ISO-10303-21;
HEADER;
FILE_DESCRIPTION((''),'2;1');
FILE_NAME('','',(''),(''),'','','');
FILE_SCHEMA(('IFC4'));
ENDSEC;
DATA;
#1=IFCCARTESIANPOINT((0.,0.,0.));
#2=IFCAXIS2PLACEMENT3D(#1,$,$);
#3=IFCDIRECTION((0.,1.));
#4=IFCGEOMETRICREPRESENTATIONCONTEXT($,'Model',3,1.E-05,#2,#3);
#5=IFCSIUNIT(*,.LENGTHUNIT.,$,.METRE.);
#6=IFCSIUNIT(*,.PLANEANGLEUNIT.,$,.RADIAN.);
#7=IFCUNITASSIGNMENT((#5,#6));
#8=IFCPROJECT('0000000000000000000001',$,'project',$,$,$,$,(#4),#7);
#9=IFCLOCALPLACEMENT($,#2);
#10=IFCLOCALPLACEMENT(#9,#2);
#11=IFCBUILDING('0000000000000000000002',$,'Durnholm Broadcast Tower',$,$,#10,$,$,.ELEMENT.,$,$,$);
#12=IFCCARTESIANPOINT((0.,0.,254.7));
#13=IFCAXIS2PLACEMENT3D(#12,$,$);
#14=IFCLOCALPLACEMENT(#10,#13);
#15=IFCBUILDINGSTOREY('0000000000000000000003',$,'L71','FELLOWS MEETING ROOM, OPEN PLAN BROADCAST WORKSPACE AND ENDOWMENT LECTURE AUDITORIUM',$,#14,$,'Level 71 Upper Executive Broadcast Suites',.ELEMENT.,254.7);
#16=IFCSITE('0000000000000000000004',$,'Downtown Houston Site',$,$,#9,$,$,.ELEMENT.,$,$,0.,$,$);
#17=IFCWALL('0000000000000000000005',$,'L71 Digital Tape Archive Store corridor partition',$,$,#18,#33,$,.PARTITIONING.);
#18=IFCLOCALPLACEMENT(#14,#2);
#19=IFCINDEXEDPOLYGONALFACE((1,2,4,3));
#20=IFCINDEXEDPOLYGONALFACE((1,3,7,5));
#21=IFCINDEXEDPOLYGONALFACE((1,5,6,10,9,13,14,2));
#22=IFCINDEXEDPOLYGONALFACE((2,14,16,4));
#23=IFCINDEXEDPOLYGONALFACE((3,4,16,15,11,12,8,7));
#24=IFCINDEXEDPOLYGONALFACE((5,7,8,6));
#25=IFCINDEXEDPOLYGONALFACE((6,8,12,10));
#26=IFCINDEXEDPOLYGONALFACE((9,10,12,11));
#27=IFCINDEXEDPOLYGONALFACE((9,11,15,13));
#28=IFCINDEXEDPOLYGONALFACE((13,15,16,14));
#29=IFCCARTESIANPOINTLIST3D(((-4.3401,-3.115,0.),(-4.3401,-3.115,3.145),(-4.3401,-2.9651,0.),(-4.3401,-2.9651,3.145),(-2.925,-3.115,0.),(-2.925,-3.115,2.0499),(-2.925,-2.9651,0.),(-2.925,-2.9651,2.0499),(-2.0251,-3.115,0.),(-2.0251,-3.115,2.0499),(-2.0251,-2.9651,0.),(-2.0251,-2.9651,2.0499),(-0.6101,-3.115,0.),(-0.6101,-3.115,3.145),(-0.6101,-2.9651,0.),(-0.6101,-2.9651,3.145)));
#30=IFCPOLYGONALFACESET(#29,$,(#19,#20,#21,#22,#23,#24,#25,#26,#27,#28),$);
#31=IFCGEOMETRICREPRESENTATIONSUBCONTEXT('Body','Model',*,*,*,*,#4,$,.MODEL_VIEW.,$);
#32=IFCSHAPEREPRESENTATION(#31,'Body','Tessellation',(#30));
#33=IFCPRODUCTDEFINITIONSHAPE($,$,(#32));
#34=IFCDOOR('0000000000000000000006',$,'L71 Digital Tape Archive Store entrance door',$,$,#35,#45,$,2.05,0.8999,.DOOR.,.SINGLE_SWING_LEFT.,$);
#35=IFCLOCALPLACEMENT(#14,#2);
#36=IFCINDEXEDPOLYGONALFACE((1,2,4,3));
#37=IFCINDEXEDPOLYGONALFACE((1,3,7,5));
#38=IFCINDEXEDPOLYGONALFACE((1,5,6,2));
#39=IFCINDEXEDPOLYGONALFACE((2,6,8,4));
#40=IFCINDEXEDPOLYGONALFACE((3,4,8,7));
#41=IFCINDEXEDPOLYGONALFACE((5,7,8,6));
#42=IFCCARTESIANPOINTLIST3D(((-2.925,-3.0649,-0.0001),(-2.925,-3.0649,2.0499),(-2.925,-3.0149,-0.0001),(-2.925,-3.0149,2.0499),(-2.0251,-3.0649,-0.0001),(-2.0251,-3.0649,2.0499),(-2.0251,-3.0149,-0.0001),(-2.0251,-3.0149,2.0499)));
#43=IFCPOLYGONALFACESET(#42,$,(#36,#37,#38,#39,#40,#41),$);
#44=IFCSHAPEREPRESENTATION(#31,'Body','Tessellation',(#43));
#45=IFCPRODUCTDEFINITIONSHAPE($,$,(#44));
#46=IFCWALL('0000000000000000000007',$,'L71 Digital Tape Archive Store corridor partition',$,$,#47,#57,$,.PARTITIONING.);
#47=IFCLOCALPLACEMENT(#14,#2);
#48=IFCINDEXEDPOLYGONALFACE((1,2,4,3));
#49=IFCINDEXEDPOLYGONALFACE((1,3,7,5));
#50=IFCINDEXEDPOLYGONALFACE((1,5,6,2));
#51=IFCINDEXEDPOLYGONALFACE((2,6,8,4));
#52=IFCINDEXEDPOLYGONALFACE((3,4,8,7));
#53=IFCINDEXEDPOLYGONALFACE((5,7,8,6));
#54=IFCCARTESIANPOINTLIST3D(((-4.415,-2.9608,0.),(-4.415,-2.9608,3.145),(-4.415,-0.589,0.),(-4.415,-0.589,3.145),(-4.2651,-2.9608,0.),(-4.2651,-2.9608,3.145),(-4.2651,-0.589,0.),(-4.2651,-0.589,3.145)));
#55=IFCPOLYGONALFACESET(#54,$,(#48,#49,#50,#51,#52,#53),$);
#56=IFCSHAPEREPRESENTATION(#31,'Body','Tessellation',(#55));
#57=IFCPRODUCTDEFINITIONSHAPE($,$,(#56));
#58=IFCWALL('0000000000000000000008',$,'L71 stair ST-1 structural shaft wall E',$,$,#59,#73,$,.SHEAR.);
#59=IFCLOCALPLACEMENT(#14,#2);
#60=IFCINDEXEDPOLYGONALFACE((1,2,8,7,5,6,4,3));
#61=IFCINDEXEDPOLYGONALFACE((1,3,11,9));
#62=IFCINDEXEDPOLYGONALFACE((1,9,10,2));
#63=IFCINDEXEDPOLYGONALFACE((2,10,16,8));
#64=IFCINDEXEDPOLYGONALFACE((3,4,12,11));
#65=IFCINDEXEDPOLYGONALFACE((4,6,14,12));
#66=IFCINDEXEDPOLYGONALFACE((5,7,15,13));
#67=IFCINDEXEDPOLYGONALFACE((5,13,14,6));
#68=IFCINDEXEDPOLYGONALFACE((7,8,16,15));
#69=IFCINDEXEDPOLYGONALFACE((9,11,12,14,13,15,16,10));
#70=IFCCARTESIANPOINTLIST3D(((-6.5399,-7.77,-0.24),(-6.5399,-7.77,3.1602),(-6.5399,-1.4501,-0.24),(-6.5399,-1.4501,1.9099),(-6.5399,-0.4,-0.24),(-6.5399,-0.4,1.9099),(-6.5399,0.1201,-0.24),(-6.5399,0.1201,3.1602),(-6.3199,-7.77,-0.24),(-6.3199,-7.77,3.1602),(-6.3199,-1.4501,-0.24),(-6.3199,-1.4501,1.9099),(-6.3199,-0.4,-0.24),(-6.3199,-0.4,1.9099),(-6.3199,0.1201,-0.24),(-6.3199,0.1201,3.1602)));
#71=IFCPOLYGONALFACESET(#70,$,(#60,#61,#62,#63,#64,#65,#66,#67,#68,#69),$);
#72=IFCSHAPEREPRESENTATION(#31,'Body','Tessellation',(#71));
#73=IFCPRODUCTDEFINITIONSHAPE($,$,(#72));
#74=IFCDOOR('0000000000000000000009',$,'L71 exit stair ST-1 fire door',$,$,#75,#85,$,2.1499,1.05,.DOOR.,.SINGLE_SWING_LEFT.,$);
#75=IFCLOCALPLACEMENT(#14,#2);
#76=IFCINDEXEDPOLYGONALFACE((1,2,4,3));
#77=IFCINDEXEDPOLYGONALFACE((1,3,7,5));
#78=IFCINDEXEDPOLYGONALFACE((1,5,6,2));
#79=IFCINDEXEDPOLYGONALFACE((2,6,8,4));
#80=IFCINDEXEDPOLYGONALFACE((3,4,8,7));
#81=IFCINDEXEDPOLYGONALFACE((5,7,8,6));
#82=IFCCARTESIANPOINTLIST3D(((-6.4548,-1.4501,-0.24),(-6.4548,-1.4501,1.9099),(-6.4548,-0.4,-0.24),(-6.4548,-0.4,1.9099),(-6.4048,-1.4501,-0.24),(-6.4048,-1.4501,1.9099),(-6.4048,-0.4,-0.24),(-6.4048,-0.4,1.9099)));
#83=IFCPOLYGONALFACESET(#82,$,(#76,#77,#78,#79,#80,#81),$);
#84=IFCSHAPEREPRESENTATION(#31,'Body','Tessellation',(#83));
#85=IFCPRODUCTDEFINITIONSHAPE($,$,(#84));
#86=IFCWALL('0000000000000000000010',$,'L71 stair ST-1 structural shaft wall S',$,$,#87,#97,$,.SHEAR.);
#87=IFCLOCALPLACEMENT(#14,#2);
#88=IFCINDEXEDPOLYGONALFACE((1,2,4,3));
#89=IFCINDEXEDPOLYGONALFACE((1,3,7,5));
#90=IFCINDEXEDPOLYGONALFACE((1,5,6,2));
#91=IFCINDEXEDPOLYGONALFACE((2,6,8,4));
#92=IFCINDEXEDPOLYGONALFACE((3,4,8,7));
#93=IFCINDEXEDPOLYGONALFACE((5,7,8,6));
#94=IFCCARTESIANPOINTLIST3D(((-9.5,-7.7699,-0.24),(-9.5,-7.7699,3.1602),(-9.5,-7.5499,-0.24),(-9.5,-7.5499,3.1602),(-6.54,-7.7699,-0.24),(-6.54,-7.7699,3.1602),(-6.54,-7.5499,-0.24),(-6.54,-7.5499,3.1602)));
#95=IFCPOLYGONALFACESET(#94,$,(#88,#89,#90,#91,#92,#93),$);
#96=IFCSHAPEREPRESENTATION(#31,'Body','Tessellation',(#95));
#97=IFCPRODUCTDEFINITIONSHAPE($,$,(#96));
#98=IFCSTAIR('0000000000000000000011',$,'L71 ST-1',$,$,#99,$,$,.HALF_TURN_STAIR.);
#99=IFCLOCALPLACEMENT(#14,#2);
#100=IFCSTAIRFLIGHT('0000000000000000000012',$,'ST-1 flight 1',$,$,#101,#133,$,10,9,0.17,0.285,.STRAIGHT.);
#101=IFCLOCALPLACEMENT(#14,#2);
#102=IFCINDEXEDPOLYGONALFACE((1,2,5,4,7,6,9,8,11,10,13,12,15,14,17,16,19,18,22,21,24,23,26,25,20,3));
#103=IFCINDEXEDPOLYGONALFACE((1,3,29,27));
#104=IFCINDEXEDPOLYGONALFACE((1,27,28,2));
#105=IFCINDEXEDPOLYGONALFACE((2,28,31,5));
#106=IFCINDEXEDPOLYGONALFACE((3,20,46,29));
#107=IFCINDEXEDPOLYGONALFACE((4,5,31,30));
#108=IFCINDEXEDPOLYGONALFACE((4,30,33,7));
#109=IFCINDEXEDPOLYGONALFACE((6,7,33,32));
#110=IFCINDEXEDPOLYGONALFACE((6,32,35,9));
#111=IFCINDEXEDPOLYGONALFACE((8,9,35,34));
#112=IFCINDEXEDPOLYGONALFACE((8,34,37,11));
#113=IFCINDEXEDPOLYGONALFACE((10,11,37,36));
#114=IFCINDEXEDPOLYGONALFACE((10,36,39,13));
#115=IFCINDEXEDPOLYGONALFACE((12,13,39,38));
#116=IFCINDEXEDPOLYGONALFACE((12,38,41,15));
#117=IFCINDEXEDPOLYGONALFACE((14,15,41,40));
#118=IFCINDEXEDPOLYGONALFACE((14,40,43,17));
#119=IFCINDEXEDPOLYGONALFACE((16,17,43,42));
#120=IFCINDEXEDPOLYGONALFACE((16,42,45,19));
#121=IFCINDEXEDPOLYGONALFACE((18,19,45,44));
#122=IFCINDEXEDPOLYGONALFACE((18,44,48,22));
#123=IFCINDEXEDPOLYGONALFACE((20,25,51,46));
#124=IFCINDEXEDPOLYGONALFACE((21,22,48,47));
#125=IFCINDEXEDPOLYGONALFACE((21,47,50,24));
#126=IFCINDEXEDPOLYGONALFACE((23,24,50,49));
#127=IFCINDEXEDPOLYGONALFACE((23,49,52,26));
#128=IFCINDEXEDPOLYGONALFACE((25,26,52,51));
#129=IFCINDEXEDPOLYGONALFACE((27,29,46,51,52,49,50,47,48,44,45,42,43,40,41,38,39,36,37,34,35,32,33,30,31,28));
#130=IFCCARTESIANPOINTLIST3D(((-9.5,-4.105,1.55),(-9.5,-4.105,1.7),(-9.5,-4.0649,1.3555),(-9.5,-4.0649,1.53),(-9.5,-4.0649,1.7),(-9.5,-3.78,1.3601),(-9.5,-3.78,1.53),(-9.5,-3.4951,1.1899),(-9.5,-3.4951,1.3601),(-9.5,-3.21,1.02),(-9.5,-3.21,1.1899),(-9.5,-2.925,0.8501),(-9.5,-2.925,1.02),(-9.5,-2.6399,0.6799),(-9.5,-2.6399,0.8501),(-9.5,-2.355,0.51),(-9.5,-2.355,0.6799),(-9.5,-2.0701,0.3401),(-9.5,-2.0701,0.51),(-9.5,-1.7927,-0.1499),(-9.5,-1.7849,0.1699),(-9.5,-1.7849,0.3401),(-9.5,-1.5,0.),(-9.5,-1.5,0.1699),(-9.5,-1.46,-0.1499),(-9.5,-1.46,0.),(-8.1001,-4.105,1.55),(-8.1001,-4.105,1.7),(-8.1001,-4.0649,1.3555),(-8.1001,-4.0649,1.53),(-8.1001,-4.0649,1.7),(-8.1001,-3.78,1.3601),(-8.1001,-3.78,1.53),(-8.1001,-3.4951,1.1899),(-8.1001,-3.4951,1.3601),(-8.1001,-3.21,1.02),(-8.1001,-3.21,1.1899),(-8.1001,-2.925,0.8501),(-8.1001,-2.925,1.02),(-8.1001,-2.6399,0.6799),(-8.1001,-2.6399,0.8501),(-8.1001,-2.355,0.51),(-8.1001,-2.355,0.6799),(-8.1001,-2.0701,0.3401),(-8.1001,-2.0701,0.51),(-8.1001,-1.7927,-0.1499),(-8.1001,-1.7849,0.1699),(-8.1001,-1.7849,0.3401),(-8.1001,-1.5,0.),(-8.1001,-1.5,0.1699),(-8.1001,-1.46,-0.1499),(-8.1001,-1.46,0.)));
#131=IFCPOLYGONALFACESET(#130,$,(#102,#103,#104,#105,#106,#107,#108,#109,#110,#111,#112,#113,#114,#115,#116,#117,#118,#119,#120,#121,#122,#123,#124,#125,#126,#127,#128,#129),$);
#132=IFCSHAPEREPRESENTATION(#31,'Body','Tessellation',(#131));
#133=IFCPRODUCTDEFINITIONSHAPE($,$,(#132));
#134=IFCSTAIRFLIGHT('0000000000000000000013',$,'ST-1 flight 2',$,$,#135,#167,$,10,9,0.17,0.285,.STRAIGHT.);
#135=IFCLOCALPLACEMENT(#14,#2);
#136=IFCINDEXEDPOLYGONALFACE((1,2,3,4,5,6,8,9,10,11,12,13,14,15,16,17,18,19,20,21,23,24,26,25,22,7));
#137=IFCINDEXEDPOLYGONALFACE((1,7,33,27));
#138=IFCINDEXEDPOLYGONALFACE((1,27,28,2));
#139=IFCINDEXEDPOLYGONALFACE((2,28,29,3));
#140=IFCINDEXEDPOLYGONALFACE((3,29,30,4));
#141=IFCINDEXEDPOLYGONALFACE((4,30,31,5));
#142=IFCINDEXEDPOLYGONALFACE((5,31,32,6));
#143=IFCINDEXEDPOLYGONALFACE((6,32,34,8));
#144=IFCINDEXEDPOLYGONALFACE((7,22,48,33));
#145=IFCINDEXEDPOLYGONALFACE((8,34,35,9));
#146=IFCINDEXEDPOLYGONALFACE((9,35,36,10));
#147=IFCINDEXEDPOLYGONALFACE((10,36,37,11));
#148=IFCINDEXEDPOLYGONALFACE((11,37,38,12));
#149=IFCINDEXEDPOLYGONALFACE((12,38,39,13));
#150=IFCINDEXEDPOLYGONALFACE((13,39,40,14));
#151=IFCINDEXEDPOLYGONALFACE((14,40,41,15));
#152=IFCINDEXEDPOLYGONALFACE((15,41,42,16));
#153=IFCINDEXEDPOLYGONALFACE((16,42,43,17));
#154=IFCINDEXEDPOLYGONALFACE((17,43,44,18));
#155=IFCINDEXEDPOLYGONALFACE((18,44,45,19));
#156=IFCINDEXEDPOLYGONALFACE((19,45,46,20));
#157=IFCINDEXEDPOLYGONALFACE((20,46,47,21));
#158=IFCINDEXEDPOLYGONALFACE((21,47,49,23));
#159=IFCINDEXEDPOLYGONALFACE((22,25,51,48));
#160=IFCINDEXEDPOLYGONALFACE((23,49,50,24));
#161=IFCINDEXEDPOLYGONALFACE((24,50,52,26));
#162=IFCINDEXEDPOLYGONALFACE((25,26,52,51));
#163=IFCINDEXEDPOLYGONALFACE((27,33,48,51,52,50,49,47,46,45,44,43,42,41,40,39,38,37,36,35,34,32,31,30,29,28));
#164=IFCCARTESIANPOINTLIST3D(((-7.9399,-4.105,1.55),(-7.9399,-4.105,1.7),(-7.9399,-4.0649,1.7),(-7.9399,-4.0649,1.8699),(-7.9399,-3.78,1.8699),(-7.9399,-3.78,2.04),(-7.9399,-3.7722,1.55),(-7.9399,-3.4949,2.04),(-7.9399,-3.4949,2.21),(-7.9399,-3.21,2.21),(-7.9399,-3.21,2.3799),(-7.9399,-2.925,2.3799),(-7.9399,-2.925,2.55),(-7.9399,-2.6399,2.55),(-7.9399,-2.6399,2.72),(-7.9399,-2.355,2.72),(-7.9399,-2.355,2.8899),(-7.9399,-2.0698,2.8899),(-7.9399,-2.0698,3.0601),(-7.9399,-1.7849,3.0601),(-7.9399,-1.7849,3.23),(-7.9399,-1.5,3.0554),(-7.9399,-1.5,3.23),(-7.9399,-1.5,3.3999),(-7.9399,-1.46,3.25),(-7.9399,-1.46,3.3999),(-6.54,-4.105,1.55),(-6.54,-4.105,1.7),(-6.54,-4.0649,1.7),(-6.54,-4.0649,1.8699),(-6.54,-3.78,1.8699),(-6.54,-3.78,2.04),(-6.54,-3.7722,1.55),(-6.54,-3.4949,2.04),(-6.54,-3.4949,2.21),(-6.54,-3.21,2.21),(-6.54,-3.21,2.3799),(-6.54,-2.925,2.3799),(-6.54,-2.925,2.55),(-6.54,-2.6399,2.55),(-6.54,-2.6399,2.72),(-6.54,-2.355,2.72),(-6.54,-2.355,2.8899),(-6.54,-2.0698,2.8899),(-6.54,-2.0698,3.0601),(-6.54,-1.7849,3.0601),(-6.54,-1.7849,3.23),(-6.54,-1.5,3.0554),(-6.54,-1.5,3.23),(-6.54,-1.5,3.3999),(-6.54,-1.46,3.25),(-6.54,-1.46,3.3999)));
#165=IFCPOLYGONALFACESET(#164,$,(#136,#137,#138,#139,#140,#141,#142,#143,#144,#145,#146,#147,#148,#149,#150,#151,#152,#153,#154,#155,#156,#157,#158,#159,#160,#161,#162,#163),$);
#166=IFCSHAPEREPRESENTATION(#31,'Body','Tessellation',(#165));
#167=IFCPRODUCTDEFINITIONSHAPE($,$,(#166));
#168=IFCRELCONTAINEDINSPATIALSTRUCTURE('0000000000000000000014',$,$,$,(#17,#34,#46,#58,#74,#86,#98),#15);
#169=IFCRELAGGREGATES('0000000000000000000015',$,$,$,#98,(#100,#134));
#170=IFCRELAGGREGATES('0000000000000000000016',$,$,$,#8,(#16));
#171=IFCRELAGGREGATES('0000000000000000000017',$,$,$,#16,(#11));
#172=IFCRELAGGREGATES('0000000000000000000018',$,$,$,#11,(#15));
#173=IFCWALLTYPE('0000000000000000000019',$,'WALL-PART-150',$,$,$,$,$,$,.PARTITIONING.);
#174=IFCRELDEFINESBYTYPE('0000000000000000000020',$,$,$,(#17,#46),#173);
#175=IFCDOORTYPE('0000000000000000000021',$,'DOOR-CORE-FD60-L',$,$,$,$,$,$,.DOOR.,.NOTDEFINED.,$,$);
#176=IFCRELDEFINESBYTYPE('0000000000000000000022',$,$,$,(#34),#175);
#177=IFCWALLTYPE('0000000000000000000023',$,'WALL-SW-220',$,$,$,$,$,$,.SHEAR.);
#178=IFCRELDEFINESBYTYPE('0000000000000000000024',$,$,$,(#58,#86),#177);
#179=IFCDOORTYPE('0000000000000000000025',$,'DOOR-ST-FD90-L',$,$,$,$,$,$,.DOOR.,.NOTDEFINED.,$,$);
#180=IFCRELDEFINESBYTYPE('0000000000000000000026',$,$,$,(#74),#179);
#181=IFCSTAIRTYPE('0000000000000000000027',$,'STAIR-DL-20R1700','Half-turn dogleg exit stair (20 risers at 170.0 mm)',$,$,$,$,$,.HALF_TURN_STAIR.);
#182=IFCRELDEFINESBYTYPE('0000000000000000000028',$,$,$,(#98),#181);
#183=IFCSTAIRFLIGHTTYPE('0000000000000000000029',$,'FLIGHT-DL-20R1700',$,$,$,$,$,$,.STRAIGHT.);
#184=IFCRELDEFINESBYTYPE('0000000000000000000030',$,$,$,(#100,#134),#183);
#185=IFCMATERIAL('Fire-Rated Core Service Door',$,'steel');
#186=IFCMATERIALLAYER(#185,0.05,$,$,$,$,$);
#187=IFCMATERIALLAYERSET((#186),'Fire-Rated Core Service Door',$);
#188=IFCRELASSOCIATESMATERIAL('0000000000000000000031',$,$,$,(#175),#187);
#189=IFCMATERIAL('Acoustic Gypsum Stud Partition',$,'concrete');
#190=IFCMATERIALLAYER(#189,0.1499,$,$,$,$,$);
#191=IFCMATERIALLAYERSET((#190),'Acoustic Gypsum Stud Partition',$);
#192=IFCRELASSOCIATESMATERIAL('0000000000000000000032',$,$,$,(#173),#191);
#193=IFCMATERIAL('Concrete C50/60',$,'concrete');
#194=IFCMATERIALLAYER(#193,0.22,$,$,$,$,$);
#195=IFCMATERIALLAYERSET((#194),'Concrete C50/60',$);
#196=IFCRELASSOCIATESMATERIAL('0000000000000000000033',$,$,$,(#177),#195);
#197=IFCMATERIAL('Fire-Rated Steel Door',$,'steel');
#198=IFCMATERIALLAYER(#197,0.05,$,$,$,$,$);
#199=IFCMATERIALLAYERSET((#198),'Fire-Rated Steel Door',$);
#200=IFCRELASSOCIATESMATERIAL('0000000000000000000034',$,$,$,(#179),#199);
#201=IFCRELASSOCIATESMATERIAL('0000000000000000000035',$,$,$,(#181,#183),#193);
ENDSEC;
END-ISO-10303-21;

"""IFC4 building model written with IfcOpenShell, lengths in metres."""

from ifc_helpers import new_model, si_unit, direction, frame, frame_2d, origin, place, context, subcontext, project, spatial, polyline, rectangle, outline, extrude, source, transform, mapped, material, layer, layer_set, type_object, type_shapes, element, fill, aggregate, save


model = new_model("IFC4")

# Units and contexts
model_context = context("Model", 3, precision=1e-05, world=origin(), true_north=direction((0.0, 1.0)))
body_context = subcontext(model_context, "Body", "Model", "MODEL_VIEW")
ifc_project = project(units=[si_unit("LENGTHUNIT", "METRE"), si_unit("PLANEANGLEUNIT", "RADIAN")], contexts=[model_context])

# Site, building, storey
site_placement = place(None, origin())
site = spatial("IfcSite", under=ifc_project, at=site_placement, Name="Downtown Houston Site", CompositionType="ELEMENT", RefElevation=0.0)
building_placement = place(site_placement, origin())
building = spatial("IfcBuilding", under=site, at=building_placement, Name="Durnholm Broadcast Tower", CompositionType="ELEMENT")
storey_placement = place(building_placement, frame((0.0, 0.0, 254.7)))
storey = spatial("IfcBuildingStorey", under=building, at=storey_placement, Name="L71", Description="FELLOWS MEETING ROOM, OPEN PLAN BROADCAST WORKSPACE AND ENDOWMENT LECTURE AUDITORIUM", LongName="Level 71 Upper Executive Broadcast Suites", CompositionType="ELEMENT", Elevation=254.7)

# Wall, opening, door
ifc_material_1 = material(Name="Fire-Rated Core Service Door", Category="steel")
ifc_layer_1 = layer(ifc_material_1, 0.05)
ifc_layer_set_1 = layer_set([ifc_layer_1], Name="Fire-Rated Core Service Door")
door_type_1 = type_object("IfcDoorType", Name="DOOR-CORE-FD60-L", OperationType="NOTDEFINED", PredefinedType="DOOR", material=ifc_layer_set_1)
shared_shape_1 = source(origin(), body_context, "Body", "SweptSolid", [
    extrude(rectangle(XDim=0.8999, YDim=2.05, at=frame_2d((0.45, 1.0249))), frame((0.0, 0.0249, 0.0), z_axis=(0.0, -1.0, 0.0), x_axis=(1.0, 0.0, 0.0)), (0.0, 0.0, 1.0), 0.05),
])
type_shapes(door_type_1, [shared_shape_1])
ifc_material_2 = material(Name="Acoustic Gypsum Stud Partition", Category="concrete")
ifc_layer_2 = layer(ifc_material_2, 0.1499)
ifc_layer_set_2 = layer_set([ifc_layer_2], Name="Acoustic Gypsum Stud Partition")
wall_type_1 = type_object("IfcWallType", Name="WALL-PART-150", PredefinedType="PARTITIONING", material=ifc_layer_set_2)
wall_1_placement = place(storey_placement, frame((-0.6101, -3.04, 0.0), z_axis=(0.0, 0.0, 1.0), x_axis=(-1.0, 0.0, 0.0)))
wall_1 = element("IfcWall", 1, at=wall_1_placement, inside=storey, type_object=wall_type_1, Name="L71 Digital Tape Archive Store corridor partition", PredefinedType="PARTITIONING", context=body_context, shape_type="SweptSolid", body=[
    extrude(rectangle(XDim=3.73, YDim=0.1499, at=frame_2d((1.865, 0.0))), origin(), (0.0, 0.0, 1.0), 3.145),
])
opening_1_placement = place(wall_1_placement, frame((1.415, 0.0, 0.0)))
opening_1 = element("IfcOpeningElement", 2, at=opening_1_placement, cuts=wall_1, PredefinedType="OPENING", context=body_context, shape_type="SweptSolid", body=[
    extrude(rectangle(XDim=0.8999, YDim=2.05, at=frame_2d((0.45, 1.0249))), frame((0.0, 0.085, 0.0), z_axis=(0.0, -1.0, 0.0), x_axis=(1.0, 0.0, 0.0)), (0.0, 0.0, 1.0), 0.1699),
])
door_1_placement = place(opening_1_placement, origin())
door_1 = element("IfcDoor", 3, at=door_1_placement, inside=storey, type_object=door_type_1, Name="L71 Digital Tape Archive Store entrance door", OperationType="SINGLE_SWING_LEFT", OverallHeight=2.05, OverallWidth=0.8999, PredefinedType="DOOR", context=body_context, shape_type="MappedRepresentation", body=[
    mapped(shared_shape_1, transform((0.0, 0.0, 0.0), x_axis=(1.0, 0.0, 0.0), y_axis=(0.0, 1.0, 0.0), z_axis=(0.0, 0.0, 1.0), scale=1.0)),
])
fill(opening_1, door_1)

# Wall
wall_2_placement = place(storey_placement, frame((-4.3401, -2.9609, 0.0), z_axis=(0.0, 0.0, 1.0), x_axis=(0.0, 1.0, 0.0)))
element("IfcWall", 4, at=wall_2_placement, inside=storey, type_object=wall_type_1, Name="L71 Digital Tape Archive Store corridor partition", PredefinedType="PARTITIONING", context=body_context, shape_type="SweptSolid", body=[
    extrude(rectangle(XDim=2.3718, YDim=0.1499, at=frame_2d((1.186, 0.0))), origin(), (0.0, 0.0, 1.0), 3.145),
])

# Wall, opening, door
ifc_material_3 = material(Name="Concrete C50/60", Category="concrete")
ifc_layer_3 = layer(ifc_material_3, 0.22)
ifc_layer_set_3 = layer_set([ifc_layer_3], Name="Concrete C50/60")
wall_type_2 = type_object("IfcWallType", Name="WALL-SW-220", PredefinedType="SHEAR", material=ifc_layer_set_3)
wall_3_placement = place(storey_placement, frame((-6.4299, -7.77, -0.24), z_axis=(0.0, 0.0, 1.0), x_axis=(0.0, 1.0, 0.0)))
wall_3 = element("IfcWall", 5, at=wall_3_placement, inside=storey, type_object=wall_type_2, Name="L71 stair ST-1 structural shaft wall E", PredefinedType="SHEAR", context=body_context, shape_type="SweptSolid", body=[
    extrude(rectangle(XDim=7.8901, YDim=0.22, at=frame_2d((3.9451, 0.0))), origin(), (0.0, 0.0, 1.0), 3.4001),
])
opening_2_placement = place(wall_3_placement, frame((6.3201, 0.0, 0.0)))
opening_2 = element("IfcOpeningElement", 6, at=opening_2_placement, cuts=wall_3, PredefinedType="OPENING", context=body_context, shape_type="SweptSolid", body=[
    extrude(rectangle(XDim=1.05, YDim=2.1499, at=frame_2d((0.5249, 1.075))), frame((0.0, 0.1201, 0.0), z_axis=(0.0, -1.0, 0.0), x_axis=(1.0, 0.0, 0.0)), (0.0, 0.0, 1.0), 0.24),
])
ifc_material_4 = material(Name="Fire-Rated Steel Door", Category="steel")
ifc_layer_4 = layer(ifc_material_4, 0.05)
ifc_layer_set_4 = layer_set([ifc_layer_4], Name="Fire-Rated Steel Door")
door_type_2 = type_object("IfcDoorType", Name="DOOR-ST-FD90-L", OperationType="NOTDEFINED", PredefinedType="DOOR", material=ifc_layer_set_4)
shared_shape_2 = source(origin(), body_context, "Body", "SweptSolid", [
    extrude(rectangle(XDim=1.05, YDim=2.1499, at=frame_2d((0.5249, 1.075))), frame((0.0, 0.0249, 0.0), z_axis=(0.0, -1.0, 0.0), x_axis=(1.0, 0.0, 0.0)), (0.0, 0.0, 1.0), 0.05),
])
type_shapes(door_type_2, [shared_shape_2])
door_2_placement = place(opening_2_placement, origin())
door_2 = element("IfcDoor", 7, at=door_2_placement, inside=storey, type_object=door_type_2, Name="L71 exit stair ST-1 fire door", OperationType="SINGLE_SWING_LEFT", OverallHeight=2.1499, OverallWidth=1.05, PredefinedType="DOOR", context=body_context, shape_type="MappedRepresentation", body=[
    mapped(shared_shape_2, transform((0.0, 0.0, 0.0), x_axis=(1.0, 0.0, 0.0), y_axis=(0.0, 1.0, 0.0), z_axis=(0.0, 0.0, 1.0), scale=1.0)),
])
fill(opening_2, door_2)

# Wall
wall_4_placement = place(storey_placement, frame((-9.5, -7.6599, -0.24), z_axis=(0.0, 0.0, 1.0), x_axis=(1.0, 0.0, 0.0)))
element("IfcWall", 8, at=wall_4_placement, inside=storey, type_object=wall_type_2, Name="L71 stair ST-1 structural shaft wall S", PredefinedType="SHEAR", context=body_context, shape_type="SweptSolid", body=[
    extrude(rectangle(XDim=2.96, YDim=0.22, at=frame_2d((1.48, 0.0))), origin(), (0.0, 0.0, 1.0), 3.4001),
])

# Stair, stair flights
stair_type = type_object("IfcStairType", Name="STAIR-DL-20R1700", Description="Half-turn dogleg exit stair (20 risers at 170.0 mm)", PredefinedType="HALF_TURN_STAIR", material=ifc_material_3)
stair_placement = place(storey_placement, origin())
stair = element("IfcStair", 9, at=stair_placement, inside=storey, type_object=stair_type, Name="L71 ST-1", PredefinedType="HALF_TURN_STAIR")
stair_flight_type = type_object("IfcStairFlightType", Name="FLIGHT-DL-20R1700", PredefinedType="STRAIGHT", material=ifc_material_3)
stair_flight_1_placement = place(storey_placement, frame((-8.8, -1.5, 0.0), z_axis=(0.0, 0.0, 1.0), x_axis=(0.0, -1.0, 0.0)))
stair_flight_1 = element("IfcStairFlight", 10, at=stair_flight_1_placement, type_object=stair_flight_type, Name="ST-1 flight 1", NumberOfRisers=10, NumberOfTreads=9, PredefinedType="STRAIGHT", RiserHeight=0.17, TreadLength=0.285, context=body_context, shape_type="SweptSolid", body=[
    extrude(outline(polyline([(-0.04, -0.1499), (-0.04, 0.0), (0.0, 0.0), (0.0, 0.1699), (0.2849, 0.1699), (0.2849, 0.3401), (0.5701, 0.3401), (0.5701, 0.51), (0.855, 0.51), (0.855, 0.6799), (1.1399, 0.6799), (1.1399, 0.8501), (1.425, 0.8501), (1.425, 1.02), (1.71, 1.02), (1.71, 1.1899), (1.9951, 1.1899), (1.9951, 1.3601), (2.28, 1.3601), (2.28, 1.53), (2.5649, 1.53), (2.5649, 1.7), (2.605, 1.7), (2.605, 1.55), (2.5649, 1.3555), (0.2927, -0.1499), (-0.04, -0.1499)])), frame((0.0, 0.7, 0.0), z_axis=(0.0, -1.0, 0.0), x_axis=(1.0, 0.0, 0.0)), (0.0, 0.0, 1.0), 1.3999),
])
stair_flight_2_placement = place(storey_placement, frame((-7.24, -4.0649, 1.7), z_axis=(0.0, 0.0, 1.0), x_axis=(0.0, 1.0, 0.0)))
stair_flight_2 = element("IfcStairFlight", 11, at=stair_flight_2_placement, type_object=stair_flight_type, Name="ST-1 flight 2", NumberOfRisers=10, NumberOfTreads=9, PredefinedType="STRAIGHT", RiserHeight=0.17, TreadLength=0.285, context=body_context, shape_type="SweptSolid", body=[
    extrude(outline(polyline([(-0.04, -0.1499), (-0.04, 0.0), (0.0, 0.0), (0.0, 0.1699), (0.2849, 0.1699), (0.2849, 0.3401), (0.5701, 0.3401), (0.5701, 0.51), (0.855, 0.51), (0.855, 0.6799), (1.1399, 0.6799), (1.1399, 0.8501), (1.425, 0.8501), (1.425, 1.02), (1.71, 1.02), (1.71, 1.1899), (1.9951, 1.1899), (1.9951, 1.3601), (2.28, 1.3601), (2.28, 1.53), (2.5649, 1.53), (2.5649, 1.7), (2.605, 1.7), (2.605, 1.55), (2.5649, 1.3555), (0.2927, -0.1499), (-0.04, -0.1499)])), frame((0.0, 0.7, 0.0), z_axis=(0.0, -1.0, 0.0), x_axis=(1.0, 0.0, 0.0)), (0.0, 0.0, 1.0), 1.3999),
])
aggregate(stair, [stair_flight_1, stair_flight_2])

save(model, "model.ifc")
